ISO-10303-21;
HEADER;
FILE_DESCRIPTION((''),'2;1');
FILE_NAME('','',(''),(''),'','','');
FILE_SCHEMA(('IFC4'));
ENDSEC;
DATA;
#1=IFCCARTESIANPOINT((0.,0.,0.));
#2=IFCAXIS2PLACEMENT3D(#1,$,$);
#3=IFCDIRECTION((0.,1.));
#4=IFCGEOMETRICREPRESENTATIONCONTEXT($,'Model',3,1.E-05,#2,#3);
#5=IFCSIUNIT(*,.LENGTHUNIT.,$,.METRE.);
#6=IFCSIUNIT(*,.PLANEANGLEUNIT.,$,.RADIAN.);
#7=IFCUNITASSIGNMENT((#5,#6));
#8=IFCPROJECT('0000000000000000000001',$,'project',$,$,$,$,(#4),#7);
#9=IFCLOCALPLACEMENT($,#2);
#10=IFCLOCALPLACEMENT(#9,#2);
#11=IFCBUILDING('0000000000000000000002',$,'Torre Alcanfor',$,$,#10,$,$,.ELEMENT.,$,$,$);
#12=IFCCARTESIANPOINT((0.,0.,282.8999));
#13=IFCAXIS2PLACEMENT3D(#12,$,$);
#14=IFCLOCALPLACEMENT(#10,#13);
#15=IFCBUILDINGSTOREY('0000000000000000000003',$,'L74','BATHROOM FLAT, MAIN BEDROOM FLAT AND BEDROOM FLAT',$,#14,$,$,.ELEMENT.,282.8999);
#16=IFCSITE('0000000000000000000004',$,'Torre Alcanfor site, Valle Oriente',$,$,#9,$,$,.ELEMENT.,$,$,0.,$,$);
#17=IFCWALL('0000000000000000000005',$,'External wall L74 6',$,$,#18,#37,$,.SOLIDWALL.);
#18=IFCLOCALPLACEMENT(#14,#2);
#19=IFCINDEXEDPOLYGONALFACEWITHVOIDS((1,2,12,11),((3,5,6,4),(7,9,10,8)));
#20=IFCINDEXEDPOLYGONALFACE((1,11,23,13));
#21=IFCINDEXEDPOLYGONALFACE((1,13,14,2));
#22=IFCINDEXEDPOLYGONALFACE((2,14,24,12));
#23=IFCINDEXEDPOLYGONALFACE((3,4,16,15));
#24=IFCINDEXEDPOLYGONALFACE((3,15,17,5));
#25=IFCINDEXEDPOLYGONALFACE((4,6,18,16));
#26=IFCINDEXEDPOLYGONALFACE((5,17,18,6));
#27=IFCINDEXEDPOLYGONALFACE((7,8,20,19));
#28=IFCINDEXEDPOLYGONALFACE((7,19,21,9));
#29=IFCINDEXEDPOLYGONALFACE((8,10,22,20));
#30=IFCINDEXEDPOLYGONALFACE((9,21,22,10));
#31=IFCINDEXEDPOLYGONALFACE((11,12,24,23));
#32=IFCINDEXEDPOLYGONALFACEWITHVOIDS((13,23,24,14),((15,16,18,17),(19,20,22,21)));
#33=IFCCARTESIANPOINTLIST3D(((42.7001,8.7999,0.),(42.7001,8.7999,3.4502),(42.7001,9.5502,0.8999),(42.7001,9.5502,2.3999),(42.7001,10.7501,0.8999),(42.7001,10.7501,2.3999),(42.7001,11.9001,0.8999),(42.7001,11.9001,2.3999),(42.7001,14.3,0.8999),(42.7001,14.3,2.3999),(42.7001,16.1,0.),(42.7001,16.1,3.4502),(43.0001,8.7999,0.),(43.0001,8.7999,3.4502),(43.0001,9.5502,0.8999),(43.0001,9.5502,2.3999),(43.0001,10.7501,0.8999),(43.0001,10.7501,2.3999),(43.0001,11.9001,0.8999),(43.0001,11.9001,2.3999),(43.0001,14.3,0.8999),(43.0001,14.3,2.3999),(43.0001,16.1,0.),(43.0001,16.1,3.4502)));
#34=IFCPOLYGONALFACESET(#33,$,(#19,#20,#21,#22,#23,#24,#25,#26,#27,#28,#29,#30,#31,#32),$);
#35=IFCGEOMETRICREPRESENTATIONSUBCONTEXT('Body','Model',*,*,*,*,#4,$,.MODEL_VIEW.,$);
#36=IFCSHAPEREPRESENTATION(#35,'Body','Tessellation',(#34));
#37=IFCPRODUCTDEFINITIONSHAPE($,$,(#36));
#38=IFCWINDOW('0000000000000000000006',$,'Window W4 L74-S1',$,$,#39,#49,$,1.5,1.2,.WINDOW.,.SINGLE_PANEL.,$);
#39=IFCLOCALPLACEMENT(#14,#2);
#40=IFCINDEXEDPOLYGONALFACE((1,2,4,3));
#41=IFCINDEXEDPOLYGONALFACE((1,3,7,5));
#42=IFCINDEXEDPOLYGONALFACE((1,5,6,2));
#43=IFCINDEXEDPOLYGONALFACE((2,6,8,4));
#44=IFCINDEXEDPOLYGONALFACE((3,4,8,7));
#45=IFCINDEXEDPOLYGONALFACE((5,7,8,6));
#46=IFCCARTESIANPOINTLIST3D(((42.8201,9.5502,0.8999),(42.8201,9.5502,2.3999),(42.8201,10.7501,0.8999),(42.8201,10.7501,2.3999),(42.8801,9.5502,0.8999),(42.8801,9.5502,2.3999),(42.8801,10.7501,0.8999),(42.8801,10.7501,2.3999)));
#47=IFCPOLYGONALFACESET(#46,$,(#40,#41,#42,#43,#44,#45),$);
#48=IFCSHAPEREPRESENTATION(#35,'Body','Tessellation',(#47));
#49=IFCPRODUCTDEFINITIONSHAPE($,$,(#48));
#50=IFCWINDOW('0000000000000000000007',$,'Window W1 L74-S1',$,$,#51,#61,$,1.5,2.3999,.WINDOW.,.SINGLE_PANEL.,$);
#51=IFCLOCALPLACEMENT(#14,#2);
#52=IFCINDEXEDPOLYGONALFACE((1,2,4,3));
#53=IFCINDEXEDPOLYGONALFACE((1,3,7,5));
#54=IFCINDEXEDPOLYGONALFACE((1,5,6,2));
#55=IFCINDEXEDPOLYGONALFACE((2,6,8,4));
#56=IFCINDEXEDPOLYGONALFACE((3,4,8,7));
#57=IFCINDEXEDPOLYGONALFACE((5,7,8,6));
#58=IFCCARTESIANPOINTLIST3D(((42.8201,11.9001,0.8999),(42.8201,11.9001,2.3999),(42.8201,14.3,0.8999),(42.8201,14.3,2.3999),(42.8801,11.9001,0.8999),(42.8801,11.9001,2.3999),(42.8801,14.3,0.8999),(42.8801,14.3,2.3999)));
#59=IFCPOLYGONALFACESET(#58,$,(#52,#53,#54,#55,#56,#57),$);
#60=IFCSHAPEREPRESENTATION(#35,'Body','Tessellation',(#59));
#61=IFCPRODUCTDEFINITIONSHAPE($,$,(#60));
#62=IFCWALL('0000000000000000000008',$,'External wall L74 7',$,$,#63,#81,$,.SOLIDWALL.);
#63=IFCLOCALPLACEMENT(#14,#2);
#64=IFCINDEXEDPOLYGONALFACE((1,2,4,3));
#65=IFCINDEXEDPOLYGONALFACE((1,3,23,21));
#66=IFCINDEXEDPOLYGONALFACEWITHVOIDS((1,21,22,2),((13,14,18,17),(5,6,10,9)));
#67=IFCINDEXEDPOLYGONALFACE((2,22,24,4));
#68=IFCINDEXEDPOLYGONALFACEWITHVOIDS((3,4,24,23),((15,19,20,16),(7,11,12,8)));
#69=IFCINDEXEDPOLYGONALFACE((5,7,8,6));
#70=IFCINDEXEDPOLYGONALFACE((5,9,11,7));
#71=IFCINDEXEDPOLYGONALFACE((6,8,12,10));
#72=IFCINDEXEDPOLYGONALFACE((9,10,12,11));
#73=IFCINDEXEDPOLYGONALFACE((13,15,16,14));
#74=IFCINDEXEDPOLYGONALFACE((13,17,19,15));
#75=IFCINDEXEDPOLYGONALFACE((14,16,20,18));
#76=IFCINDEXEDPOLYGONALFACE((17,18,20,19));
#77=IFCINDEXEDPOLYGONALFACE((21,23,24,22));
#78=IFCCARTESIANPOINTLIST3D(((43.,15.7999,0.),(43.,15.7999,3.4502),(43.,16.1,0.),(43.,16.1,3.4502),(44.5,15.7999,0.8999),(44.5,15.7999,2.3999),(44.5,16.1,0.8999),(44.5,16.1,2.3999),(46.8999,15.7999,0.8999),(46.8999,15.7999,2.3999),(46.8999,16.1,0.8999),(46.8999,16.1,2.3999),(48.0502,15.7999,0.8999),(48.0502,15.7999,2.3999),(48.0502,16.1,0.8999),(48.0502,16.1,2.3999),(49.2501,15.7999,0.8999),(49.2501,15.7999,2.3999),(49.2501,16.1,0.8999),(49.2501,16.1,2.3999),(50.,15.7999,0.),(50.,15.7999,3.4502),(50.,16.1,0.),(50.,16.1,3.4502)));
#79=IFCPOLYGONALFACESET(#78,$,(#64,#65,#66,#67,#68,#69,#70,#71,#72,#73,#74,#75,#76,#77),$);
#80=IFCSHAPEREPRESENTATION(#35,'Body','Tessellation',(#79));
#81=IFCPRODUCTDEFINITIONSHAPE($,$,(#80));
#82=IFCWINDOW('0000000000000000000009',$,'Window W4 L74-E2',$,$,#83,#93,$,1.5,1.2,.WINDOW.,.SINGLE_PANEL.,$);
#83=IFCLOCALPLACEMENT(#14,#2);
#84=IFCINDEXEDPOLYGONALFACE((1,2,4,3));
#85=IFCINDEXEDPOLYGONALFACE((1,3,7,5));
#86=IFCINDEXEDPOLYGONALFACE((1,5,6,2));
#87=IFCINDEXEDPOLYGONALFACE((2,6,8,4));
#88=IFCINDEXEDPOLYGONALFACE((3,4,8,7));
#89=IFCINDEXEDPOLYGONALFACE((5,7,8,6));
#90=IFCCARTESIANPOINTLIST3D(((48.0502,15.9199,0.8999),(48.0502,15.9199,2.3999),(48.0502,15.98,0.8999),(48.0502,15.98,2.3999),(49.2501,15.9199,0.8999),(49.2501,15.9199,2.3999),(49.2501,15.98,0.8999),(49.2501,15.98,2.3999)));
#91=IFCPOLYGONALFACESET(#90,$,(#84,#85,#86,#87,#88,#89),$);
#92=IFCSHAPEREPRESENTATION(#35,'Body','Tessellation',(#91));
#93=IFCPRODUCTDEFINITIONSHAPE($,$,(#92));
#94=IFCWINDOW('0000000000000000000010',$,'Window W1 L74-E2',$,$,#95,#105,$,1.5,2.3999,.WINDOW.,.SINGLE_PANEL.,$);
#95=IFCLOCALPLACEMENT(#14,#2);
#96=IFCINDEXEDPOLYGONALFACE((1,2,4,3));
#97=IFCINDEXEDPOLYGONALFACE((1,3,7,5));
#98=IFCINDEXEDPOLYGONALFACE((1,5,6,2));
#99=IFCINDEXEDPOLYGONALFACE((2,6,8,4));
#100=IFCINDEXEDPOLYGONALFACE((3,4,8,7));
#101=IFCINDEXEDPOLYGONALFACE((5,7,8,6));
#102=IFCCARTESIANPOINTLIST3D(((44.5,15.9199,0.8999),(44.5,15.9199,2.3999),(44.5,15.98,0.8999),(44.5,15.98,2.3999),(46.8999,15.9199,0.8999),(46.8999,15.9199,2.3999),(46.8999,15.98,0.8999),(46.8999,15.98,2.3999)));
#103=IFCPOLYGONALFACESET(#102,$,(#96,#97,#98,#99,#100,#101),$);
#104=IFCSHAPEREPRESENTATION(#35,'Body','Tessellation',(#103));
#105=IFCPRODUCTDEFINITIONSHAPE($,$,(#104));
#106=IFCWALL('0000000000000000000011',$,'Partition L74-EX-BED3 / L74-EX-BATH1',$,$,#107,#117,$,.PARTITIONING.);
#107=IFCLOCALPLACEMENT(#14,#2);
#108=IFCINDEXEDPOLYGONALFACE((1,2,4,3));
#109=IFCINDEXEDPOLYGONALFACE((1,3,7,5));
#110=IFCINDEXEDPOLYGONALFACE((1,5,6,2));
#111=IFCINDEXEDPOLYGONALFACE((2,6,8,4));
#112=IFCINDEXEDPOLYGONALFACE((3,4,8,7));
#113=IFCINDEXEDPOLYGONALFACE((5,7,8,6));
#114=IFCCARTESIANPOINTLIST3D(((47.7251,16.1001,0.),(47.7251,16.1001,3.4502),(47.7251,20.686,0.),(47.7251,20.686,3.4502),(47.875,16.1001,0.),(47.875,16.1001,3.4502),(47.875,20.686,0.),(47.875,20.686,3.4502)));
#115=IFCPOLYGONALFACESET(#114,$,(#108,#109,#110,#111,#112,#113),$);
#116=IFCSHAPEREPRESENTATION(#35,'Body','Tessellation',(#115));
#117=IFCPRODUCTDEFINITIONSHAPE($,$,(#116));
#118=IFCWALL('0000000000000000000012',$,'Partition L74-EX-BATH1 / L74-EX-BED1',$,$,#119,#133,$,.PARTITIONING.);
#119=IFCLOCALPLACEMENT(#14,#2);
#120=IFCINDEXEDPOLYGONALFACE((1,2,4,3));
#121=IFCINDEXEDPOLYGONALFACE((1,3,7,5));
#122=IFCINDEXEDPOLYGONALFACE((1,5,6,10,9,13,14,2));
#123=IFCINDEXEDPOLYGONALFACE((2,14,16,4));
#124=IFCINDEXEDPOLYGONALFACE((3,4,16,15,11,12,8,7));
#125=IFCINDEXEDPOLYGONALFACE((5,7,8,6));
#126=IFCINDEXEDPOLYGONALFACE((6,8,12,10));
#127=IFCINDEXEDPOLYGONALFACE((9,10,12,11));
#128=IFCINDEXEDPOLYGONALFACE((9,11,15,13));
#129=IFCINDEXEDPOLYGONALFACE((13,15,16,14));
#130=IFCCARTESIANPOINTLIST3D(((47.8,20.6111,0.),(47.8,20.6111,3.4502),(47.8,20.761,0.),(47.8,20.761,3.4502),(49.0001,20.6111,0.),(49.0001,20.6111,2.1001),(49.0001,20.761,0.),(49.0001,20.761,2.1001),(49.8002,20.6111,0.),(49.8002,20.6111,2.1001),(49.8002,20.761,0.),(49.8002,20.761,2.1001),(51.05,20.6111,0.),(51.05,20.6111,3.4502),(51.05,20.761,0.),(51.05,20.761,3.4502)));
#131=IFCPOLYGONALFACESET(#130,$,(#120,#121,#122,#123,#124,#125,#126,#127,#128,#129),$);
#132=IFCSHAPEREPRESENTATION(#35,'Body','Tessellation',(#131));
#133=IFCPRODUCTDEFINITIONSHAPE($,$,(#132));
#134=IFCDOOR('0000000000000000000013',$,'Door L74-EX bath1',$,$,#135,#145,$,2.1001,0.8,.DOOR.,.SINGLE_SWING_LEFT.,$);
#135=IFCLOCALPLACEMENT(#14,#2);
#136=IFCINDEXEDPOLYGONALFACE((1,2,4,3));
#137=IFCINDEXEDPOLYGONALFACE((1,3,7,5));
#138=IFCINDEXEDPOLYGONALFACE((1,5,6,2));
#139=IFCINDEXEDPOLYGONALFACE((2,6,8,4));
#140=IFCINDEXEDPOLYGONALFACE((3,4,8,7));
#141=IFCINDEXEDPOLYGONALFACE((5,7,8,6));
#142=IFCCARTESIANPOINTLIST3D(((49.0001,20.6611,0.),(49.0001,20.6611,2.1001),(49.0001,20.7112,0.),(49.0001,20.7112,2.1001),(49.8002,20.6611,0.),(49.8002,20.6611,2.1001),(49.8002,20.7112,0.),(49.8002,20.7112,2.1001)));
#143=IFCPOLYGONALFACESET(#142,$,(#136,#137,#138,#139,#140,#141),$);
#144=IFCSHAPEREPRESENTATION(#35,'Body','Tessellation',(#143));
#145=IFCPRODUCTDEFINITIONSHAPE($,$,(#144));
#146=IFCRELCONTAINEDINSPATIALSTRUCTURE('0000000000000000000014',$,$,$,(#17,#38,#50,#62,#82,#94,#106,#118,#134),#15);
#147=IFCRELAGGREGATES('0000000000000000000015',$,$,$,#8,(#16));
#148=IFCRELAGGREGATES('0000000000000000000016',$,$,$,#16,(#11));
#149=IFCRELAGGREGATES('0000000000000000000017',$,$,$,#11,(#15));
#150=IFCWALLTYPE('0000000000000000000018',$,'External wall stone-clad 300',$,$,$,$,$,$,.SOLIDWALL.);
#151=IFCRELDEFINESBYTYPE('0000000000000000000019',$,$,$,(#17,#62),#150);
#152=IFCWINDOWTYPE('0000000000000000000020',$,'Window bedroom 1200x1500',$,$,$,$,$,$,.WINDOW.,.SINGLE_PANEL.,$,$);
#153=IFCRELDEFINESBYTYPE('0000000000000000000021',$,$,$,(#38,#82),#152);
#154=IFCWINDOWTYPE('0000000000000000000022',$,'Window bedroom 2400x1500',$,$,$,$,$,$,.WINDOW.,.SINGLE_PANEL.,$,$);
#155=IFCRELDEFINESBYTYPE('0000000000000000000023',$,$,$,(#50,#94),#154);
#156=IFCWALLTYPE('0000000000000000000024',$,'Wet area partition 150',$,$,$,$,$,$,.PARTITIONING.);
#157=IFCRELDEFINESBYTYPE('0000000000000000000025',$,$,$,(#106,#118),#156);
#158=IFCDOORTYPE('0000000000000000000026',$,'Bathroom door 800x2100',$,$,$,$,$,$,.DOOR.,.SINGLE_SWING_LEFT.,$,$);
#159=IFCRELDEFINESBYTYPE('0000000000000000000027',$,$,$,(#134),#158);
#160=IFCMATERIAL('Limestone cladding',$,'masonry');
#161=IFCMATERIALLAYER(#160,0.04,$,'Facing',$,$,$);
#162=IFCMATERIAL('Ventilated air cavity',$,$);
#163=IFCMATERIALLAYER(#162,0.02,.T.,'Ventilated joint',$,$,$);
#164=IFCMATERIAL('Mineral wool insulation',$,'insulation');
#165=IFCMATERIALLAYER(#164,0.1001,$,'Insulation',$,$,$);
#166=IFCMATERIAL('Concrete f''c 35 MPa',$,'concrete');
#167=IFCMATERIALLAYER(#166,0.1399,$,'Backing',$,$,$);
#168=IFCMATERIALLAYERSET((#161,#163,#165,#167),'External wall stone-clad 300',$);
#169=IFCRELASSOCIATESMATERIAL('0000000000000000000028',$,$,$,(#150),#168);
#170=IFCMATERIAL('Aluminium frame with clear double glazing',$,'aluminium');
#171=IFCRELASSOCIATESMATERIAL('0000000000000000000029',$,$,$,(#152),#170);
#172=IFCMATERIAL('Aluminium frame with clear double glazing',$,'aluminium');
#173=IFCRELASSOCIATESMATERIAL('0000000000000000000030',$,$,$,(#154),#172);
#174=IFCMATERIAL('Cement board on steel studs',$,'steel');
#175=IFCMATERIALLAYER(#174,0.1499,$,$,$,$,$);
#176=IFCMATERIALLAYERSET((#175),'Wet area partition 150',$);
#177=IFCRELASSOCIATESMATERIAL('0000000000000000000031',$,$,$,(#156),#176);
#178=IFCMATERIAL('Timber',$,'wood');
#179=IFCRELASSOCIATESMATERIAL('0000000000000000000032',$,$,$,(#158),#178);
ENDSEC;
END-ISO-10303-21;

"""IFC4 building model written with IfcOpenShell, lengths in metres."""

from ifc_helpers import new_model, si_unit, direction, frame, frame_2d, origin, place, context, subcontext, project, spatial, rectangle, extrude, material, layer, layer_set, type_object, element, fill, save


model = new_model("IFC4")

# Units and contexts
model_context = context("Model", 3, precision=1e-05, world=origin(), true_north=direction((0.0, 1.0)))
body_context = subcontext(model_context, "Body", "Model", "MODEL_VIEW")
ifc_project = project(units=[si_unit("LENGTHUNIT", "METRE"), si_unit("PLANEANGLEUNIT", "RADIAN")], contexts=[model_context])

# Site, building, storey
site_placement = place(None, origin())
site = spatial("IfcSite", under=ifc_project, at=site_placement, Name="Torre Alcanfor site, Valle Oriente", CompositionType="ELEMENT", RefElevation=0.0)
building_placement = place(site_placement, origin())
building = spatial("IfcBuilding", under=site, at=building_placement, Name="Torre Alcanfor", CompositionType="ELEMENT")
storey_placement = place(building_placement, frame((0.0, 0.0, 282.8999)))
storey = spatial("IfcBuildingStorey", under=building, at=storey_placement, Name="L74", Description="BATHROOM FLAT, MAIN BEDROOM FLAT AND BEDROOM FLAT", CompositionType="ELEMENT", Elevation=282.8999)

# Walls, openings, windows
ifc_material_1 = material(Name="Limestone cladding", Category="masonry")
ifc_layer_1 = layer(ifc_material_1, 0.04, Name="Facing")
ifc_material_2 = material(Name="Ventilated air cavity")
ifc_layer_2 = layer(ifc_material_2, 0.02, ventilated=True, Name="Ventilated joint")
ifc_material_3 = material(Name="Mineral wool insulation", Category="insulation")
ifc_layer_3 = layer(ifc_material_3, 0.1001, Name="Insulation")
ifc_material_4 = material(Name="Concrete f'c 35 MPa", Category="concrete")
ifc_layer_4 = layer(ifc_material_4, 0.1399, Name="Backing")
ifc_layer_set_1 = layer_set([ifc_layer_1, ifc_layer_2, ifc_layer_3, ifc_layer_4], Name="External wall stone-clad 300")
wall_type_1 = type_object("IfcWallType", Name="External wall stone-clad 300", PredefinedType="SOLIDWALL", material=ifc_layer_set_1)
wall_1_placement = place(storey_placement, frame((42.8501, 8.8, 0.0), z_axis=(0.0, 0.0, 1.0), x_axis=(0.0, 1.0, 0.0)))
wall_1 = element("IfcWall", 1, at=wall_1_placement, inside=storey, type_object=wall_type_1, Name="External wall L74 6", PredefinedType="SOLIDWALL", context=body_context, shape_type="SweptSolid", body=[
    extrude(rectangle(XDim=7.3, YDim=0.3, at=frame_2d((3.6499, 0.0))), origin(), (0.0, 0.0, 1.0), 3.4502),
])
opening_1_placement = place(wall_1_placement, frame((3.1001, 0.0, 0.8999)))
opening_1 = element("IfcOpeningElement", 2, at=opening_1_placement, cuts=wall_1, PredefinedType="OPENING", context=body_context, shape_type="SweptSolid", body=[
    extrude(rectangle(XDim=2.3999, YDim=1.5, at=frame_2d((1.2, 0.75))), frame((0.0, 0.1599, 0.0), z_axis=(0.0, -1.0, 0.0), x_axis=(1.0, 0.0, 0.0)), (0.0, 0.0, 1.0), 0.3201),
])
opening_2_placement = place(wall_1_placement, frame((0.75, 0.0, 0.8999)))
opening_2 = element("IfcOpeningElement", 3, at=opening_2_placement, cuts=wall_1, PredefinedType="OPENING", context=body_context, shape_type="SweptSolid", body=[
    extrude(rectangle(XDim=1.2, YDim=1.5, at=frame_2d((0.6001, 0.75))), frame((0.0, 0.1599, 0.0), z_axis=(0.0, -1.0, 0.0), x_axis=(1.0, 0.0, 0.0)), (0.0, 0.0, 1.0), 0.3201),
])
ifc_material_5 = material(Name="Aluminium frame with clear double glazing", Category="aluminium")
window_type_1 = type_object("IfcWindowType", Name="Window bedroom 1200x1500", PartitioningType="SINGLE_PANEL", PredefinedType="WINDOW", material=ifc_material_5)
window_1_placement = place(opening_2_placement, origin())
window_1 = element("IfcWindow", 4, at=window_1_placement, inside=storey, type_object=window_type_1, Name="Window W4 L74-S1", OverallHeight=1.5, OverallWidth=1.2, PartitioningType="SINGLE_PANEL", PredefinedType="WINDOW", context=body_context, shape_type="SweptSolid", body=[
    extrude(rectangle(XDim=1.2, YDim=1.5, at=frame_2d((0.6001, 0.75))), frame((0.0, 0.03, 0.0), z_axis=(0.0, -1.0, 0.0), x_axis=(1.0, 0.0, 0.0)), (0.0, 0.0, 1.0), 0.0601),
])
fill(opening_2, window_1)
ifc_material_6 = material(Name="Aluminium frame with clear double glazing", Category="aluminium")
window_type_2 = type_object("IfcWindowType", Name="Window bedroom 2400x1500", PartitioningType="SINGLE_PANEL", PredefinedType="WINDOW", material=ifc_material_6)
window_2_placement = place(opening_1_placement, origin())
window_2 = element("IfcWindow", 5, at=window_2_placement, inside=storey, type_object=window_type_2, Name="Window W1 L74-S1", OverallHeight=1.5, OverallWidth=2.3999, PartitioningType="SINGLE_PANEL", PredefinedType="WINDOW", context=body_context, shape_type="SweptSolid", body=[
    extrude(rectangle(XDim=2.3999, YDim=1.5, at=frame_2d((1.2, 0.75))), frame((0.0, 0.03, 0.0), z_axis=(0.0, -1.0, 0.0), x_axis=(1.0, 0.0, 0.0)), (0.0, 0.0, 1.0), 0.0601),
])
fill(opening_1, window_2)
wall_2_placement = place(storey_placement, frame((43.0, 15.95, 0.0), z_axis=(0.0, 0.0, 1.0), x_axis=(1.0, 0.0, 0.0)))
wall_2 = element("IfcWall", 6, at=wall_2_placement, inside=storey, type_object=wall_type_1, Name="External wall L74 7", PredefinedType="SOLIDWALL", context=body_context, shape_type="SweptSolid", body=[
    extrude(rectangle(XDim=7.0, YDim=0.3, at=frame_2d((3.5, 0.0))), origin(), (0.0, 0.0, 1.0), 3.4502),
])
opening_3_placement = place(wall_2_placement, frame((1.5, 0.0, 0.8999)))
opening_3 = element("IfcOpeningElement", 7, at=opening_3_placement, cuts=wall_2, PredefinedType="OPENING", context=body_context, shape_type="SweptSolid", body=[
    extrude(rectangle(XDim=2.3999, YDim=1.5, at=frame_2d((1.2, 0.75))), frame((0.0, 0.1599, 0.0), z_axis=(0.0, -1.0, 0.0), x_axis=(1.0, 0.0, 0.0)), (0.0, 0.0, 1.0), 0.3201),
])
opening_4_placement = place(wall_2_placement, frame((5.05, 0.0, 0.8999)))
opening_4 = element("IfcOpeningElement", 8, at=opening_4_placement, cuts=wall_2, PredefinedType="OPENING", context=body_context, shape_type="SweptSolid", body=[
    extrude(rectangle(XDim=1.2, YDim=1.5, at=frame_2d((0.6001, 0.75))), frame((0.0, 0.1599, 0.0), z_axis=(0.0, -1.0, 0.0), x_axis=(1.0, 0.0, 0.0)), (0.0, 0.0, 1.0), 0.3201),
])
window_3_placement = place(opening_4_placement, origin())
window_3 = element("IfcWindow", 9, at=window_3_placement, inside=storey, type_object=window_type_1, Name="Window W4 L74-E2", OverallHeight=1.5, OverallWidth=1.2, PartitioningType="SINGLE_PANEL", PredefinedType="WINDOW", context=body_context, shape_type="SweptSolid", body=[
    extrude(rectangle(XDim=1.2, YDim=1.5, at=frame_2d((0.6001, 0.75))), frame((0.0, 0.03, 0.0), z_axis=(0.0, -1.0, 0.0), x_axis=(1.0, 0.0, 0.0)), (0.0, 0.0, 1.0), 0.0601),
])
fill(opening_4, window_3)
window_4_placement = place(opening_3_placement, origin())
window_4 = element("IfcWindow", 10, at=window_4_placement, inside=storey, type_object=window_type_2, Name="Window W1 L74-E2", OverallHeight=1.5, OverallWidth=2.3999, PartitioningType="SINGLE_PANEL", PredefinedType="WINDOW", context=body_context, shape_type="SweptSolid", body=[
    extrude(rectangle(XDim=2.3999, YDim=1.5, at=frame_2d((1.2, 0.75))), frame((0.0, 0.03, 0.0), z_axis=(0.0, -1.0, 0.0), x_axis=(1.0, 0.0, 0.0)), (0.0, 0.0, 1.0), 0.0601),
])
fill(opening_3, window_4)

# Wall
ifc_material_7 = material(Name="Cement board on steel studs", Category="steel")
ifc_layer_5 = layer(ifc_material_7, 0.1499)
ifc_layer_set_2 = layer_set([ifc_layer_5], Name="Wet area partition 150")
wall_type_2 = type_object("IfcWallType", Name="Wet area partition 150", PredefinedType="PARTITIONING", material=ifc_layer_set_2)
wall_3_placement = place(storey_placement, frame((47.8, 16.1001, 0.0), z_axis=(0.0, 0.0, 1.0), x_axis=(0.0, 1.0, 0.0)))
element("IfcWall", 11, at=wall_3_placement, inside=storey, type_object=wall_type_2, Name="Partition L74-EX-BED3 / L74-EX-BATH1", PredefinedType="PARTITIONING", context=body_context, shape_type="SweptSolid", body=[
    extrude(rectangle(XDim=4.5859, YDim=0.1499, at=frame_2d((2.293, 0.0))), origin(), (0.0, 0.0, 1.0), 3.4502),
])

# Wall, opening, door
wall_4_placement = place(storey_placement, frame((51.05, 20.686, 0.0), z_axis=(0.0, 0.0, 1.0), x_axis=(-1.0, 0.0, 0.0)))
wall_4 = element("IfcWall", 12, at=wall_4_placement, inside=storey, type_object=wall_type_2, Name="Partition L74-EX-BATH1 / L74-EX-BED1", PredefinedType="PARTITIONING", context=body_context, shape_type="SweptSolid", body=[
    extrude(rectangle(XDim=3.25, YDim=0.1499, at=frame_2d((1.625, 0.0))), origin(), (0.0, 0.0, 1.0), 3.4502),
])
opening_5_placement = place(wall_4_placement, frame((1.25, 0.0, 0.0)))
opening_5 = element("IfcOpeningElement", 13, at=opening_5_placement, cuts=wall_4, PredefinedType="OPENING", context=body_context, shape_type="SweptSolid", body=[
    extrude(rectangle(XDim=0.8, YDim=2.1001, at=frame_2d((0.3999, 1.05))), frame((0.0, 0.085, 0.0), z_axis=(0.0, -1.0, 0.0), x_axis=(1.0, 0.0, 0.0)), (0.0, 0.0, 1.0), 0.1699),
])
ifc_material_8 = material(Name="Timber", Category="wood")
door_type = type_object("IfcDoorType", Name="Bathroom door 800x2100", OperationType="SINGLE_SWING_LEFT", PredefinedType="DOOR", material=ifc_material_8)
door_placement = place(opening_5_placement, frame((0.8, 0.0, 0.0), z_axis=(0.0, 0.0, 1.0), x_axis=(-1.0, 0.0, 0.0)))
door = element("IfcDoor", 14, at=door_placement, inside=storey, type_object=door_type, Name="Door L74-EX bath1", OperationType="SINGLE_SWING_LEFT", OverallHeight=2.1001, OverallWidth=0.8, PredefinedType="DOOR", context=body_context, shape_type="SweptSolid", body=[
    extrude(rectangle(XDim=0.8, YDim=2.1001, at=frame_2d((0.4001, 1.05))), frame((0.0, 0.0251, 0.0), z_axis=(0.0, -1.0, 0.0), x_axis=(1.0, 0.0, 0.0)), (0.0, 0.0, 1.0), 0.05),
])
fill(opening_5, door)

save(model, "model.ifc")
